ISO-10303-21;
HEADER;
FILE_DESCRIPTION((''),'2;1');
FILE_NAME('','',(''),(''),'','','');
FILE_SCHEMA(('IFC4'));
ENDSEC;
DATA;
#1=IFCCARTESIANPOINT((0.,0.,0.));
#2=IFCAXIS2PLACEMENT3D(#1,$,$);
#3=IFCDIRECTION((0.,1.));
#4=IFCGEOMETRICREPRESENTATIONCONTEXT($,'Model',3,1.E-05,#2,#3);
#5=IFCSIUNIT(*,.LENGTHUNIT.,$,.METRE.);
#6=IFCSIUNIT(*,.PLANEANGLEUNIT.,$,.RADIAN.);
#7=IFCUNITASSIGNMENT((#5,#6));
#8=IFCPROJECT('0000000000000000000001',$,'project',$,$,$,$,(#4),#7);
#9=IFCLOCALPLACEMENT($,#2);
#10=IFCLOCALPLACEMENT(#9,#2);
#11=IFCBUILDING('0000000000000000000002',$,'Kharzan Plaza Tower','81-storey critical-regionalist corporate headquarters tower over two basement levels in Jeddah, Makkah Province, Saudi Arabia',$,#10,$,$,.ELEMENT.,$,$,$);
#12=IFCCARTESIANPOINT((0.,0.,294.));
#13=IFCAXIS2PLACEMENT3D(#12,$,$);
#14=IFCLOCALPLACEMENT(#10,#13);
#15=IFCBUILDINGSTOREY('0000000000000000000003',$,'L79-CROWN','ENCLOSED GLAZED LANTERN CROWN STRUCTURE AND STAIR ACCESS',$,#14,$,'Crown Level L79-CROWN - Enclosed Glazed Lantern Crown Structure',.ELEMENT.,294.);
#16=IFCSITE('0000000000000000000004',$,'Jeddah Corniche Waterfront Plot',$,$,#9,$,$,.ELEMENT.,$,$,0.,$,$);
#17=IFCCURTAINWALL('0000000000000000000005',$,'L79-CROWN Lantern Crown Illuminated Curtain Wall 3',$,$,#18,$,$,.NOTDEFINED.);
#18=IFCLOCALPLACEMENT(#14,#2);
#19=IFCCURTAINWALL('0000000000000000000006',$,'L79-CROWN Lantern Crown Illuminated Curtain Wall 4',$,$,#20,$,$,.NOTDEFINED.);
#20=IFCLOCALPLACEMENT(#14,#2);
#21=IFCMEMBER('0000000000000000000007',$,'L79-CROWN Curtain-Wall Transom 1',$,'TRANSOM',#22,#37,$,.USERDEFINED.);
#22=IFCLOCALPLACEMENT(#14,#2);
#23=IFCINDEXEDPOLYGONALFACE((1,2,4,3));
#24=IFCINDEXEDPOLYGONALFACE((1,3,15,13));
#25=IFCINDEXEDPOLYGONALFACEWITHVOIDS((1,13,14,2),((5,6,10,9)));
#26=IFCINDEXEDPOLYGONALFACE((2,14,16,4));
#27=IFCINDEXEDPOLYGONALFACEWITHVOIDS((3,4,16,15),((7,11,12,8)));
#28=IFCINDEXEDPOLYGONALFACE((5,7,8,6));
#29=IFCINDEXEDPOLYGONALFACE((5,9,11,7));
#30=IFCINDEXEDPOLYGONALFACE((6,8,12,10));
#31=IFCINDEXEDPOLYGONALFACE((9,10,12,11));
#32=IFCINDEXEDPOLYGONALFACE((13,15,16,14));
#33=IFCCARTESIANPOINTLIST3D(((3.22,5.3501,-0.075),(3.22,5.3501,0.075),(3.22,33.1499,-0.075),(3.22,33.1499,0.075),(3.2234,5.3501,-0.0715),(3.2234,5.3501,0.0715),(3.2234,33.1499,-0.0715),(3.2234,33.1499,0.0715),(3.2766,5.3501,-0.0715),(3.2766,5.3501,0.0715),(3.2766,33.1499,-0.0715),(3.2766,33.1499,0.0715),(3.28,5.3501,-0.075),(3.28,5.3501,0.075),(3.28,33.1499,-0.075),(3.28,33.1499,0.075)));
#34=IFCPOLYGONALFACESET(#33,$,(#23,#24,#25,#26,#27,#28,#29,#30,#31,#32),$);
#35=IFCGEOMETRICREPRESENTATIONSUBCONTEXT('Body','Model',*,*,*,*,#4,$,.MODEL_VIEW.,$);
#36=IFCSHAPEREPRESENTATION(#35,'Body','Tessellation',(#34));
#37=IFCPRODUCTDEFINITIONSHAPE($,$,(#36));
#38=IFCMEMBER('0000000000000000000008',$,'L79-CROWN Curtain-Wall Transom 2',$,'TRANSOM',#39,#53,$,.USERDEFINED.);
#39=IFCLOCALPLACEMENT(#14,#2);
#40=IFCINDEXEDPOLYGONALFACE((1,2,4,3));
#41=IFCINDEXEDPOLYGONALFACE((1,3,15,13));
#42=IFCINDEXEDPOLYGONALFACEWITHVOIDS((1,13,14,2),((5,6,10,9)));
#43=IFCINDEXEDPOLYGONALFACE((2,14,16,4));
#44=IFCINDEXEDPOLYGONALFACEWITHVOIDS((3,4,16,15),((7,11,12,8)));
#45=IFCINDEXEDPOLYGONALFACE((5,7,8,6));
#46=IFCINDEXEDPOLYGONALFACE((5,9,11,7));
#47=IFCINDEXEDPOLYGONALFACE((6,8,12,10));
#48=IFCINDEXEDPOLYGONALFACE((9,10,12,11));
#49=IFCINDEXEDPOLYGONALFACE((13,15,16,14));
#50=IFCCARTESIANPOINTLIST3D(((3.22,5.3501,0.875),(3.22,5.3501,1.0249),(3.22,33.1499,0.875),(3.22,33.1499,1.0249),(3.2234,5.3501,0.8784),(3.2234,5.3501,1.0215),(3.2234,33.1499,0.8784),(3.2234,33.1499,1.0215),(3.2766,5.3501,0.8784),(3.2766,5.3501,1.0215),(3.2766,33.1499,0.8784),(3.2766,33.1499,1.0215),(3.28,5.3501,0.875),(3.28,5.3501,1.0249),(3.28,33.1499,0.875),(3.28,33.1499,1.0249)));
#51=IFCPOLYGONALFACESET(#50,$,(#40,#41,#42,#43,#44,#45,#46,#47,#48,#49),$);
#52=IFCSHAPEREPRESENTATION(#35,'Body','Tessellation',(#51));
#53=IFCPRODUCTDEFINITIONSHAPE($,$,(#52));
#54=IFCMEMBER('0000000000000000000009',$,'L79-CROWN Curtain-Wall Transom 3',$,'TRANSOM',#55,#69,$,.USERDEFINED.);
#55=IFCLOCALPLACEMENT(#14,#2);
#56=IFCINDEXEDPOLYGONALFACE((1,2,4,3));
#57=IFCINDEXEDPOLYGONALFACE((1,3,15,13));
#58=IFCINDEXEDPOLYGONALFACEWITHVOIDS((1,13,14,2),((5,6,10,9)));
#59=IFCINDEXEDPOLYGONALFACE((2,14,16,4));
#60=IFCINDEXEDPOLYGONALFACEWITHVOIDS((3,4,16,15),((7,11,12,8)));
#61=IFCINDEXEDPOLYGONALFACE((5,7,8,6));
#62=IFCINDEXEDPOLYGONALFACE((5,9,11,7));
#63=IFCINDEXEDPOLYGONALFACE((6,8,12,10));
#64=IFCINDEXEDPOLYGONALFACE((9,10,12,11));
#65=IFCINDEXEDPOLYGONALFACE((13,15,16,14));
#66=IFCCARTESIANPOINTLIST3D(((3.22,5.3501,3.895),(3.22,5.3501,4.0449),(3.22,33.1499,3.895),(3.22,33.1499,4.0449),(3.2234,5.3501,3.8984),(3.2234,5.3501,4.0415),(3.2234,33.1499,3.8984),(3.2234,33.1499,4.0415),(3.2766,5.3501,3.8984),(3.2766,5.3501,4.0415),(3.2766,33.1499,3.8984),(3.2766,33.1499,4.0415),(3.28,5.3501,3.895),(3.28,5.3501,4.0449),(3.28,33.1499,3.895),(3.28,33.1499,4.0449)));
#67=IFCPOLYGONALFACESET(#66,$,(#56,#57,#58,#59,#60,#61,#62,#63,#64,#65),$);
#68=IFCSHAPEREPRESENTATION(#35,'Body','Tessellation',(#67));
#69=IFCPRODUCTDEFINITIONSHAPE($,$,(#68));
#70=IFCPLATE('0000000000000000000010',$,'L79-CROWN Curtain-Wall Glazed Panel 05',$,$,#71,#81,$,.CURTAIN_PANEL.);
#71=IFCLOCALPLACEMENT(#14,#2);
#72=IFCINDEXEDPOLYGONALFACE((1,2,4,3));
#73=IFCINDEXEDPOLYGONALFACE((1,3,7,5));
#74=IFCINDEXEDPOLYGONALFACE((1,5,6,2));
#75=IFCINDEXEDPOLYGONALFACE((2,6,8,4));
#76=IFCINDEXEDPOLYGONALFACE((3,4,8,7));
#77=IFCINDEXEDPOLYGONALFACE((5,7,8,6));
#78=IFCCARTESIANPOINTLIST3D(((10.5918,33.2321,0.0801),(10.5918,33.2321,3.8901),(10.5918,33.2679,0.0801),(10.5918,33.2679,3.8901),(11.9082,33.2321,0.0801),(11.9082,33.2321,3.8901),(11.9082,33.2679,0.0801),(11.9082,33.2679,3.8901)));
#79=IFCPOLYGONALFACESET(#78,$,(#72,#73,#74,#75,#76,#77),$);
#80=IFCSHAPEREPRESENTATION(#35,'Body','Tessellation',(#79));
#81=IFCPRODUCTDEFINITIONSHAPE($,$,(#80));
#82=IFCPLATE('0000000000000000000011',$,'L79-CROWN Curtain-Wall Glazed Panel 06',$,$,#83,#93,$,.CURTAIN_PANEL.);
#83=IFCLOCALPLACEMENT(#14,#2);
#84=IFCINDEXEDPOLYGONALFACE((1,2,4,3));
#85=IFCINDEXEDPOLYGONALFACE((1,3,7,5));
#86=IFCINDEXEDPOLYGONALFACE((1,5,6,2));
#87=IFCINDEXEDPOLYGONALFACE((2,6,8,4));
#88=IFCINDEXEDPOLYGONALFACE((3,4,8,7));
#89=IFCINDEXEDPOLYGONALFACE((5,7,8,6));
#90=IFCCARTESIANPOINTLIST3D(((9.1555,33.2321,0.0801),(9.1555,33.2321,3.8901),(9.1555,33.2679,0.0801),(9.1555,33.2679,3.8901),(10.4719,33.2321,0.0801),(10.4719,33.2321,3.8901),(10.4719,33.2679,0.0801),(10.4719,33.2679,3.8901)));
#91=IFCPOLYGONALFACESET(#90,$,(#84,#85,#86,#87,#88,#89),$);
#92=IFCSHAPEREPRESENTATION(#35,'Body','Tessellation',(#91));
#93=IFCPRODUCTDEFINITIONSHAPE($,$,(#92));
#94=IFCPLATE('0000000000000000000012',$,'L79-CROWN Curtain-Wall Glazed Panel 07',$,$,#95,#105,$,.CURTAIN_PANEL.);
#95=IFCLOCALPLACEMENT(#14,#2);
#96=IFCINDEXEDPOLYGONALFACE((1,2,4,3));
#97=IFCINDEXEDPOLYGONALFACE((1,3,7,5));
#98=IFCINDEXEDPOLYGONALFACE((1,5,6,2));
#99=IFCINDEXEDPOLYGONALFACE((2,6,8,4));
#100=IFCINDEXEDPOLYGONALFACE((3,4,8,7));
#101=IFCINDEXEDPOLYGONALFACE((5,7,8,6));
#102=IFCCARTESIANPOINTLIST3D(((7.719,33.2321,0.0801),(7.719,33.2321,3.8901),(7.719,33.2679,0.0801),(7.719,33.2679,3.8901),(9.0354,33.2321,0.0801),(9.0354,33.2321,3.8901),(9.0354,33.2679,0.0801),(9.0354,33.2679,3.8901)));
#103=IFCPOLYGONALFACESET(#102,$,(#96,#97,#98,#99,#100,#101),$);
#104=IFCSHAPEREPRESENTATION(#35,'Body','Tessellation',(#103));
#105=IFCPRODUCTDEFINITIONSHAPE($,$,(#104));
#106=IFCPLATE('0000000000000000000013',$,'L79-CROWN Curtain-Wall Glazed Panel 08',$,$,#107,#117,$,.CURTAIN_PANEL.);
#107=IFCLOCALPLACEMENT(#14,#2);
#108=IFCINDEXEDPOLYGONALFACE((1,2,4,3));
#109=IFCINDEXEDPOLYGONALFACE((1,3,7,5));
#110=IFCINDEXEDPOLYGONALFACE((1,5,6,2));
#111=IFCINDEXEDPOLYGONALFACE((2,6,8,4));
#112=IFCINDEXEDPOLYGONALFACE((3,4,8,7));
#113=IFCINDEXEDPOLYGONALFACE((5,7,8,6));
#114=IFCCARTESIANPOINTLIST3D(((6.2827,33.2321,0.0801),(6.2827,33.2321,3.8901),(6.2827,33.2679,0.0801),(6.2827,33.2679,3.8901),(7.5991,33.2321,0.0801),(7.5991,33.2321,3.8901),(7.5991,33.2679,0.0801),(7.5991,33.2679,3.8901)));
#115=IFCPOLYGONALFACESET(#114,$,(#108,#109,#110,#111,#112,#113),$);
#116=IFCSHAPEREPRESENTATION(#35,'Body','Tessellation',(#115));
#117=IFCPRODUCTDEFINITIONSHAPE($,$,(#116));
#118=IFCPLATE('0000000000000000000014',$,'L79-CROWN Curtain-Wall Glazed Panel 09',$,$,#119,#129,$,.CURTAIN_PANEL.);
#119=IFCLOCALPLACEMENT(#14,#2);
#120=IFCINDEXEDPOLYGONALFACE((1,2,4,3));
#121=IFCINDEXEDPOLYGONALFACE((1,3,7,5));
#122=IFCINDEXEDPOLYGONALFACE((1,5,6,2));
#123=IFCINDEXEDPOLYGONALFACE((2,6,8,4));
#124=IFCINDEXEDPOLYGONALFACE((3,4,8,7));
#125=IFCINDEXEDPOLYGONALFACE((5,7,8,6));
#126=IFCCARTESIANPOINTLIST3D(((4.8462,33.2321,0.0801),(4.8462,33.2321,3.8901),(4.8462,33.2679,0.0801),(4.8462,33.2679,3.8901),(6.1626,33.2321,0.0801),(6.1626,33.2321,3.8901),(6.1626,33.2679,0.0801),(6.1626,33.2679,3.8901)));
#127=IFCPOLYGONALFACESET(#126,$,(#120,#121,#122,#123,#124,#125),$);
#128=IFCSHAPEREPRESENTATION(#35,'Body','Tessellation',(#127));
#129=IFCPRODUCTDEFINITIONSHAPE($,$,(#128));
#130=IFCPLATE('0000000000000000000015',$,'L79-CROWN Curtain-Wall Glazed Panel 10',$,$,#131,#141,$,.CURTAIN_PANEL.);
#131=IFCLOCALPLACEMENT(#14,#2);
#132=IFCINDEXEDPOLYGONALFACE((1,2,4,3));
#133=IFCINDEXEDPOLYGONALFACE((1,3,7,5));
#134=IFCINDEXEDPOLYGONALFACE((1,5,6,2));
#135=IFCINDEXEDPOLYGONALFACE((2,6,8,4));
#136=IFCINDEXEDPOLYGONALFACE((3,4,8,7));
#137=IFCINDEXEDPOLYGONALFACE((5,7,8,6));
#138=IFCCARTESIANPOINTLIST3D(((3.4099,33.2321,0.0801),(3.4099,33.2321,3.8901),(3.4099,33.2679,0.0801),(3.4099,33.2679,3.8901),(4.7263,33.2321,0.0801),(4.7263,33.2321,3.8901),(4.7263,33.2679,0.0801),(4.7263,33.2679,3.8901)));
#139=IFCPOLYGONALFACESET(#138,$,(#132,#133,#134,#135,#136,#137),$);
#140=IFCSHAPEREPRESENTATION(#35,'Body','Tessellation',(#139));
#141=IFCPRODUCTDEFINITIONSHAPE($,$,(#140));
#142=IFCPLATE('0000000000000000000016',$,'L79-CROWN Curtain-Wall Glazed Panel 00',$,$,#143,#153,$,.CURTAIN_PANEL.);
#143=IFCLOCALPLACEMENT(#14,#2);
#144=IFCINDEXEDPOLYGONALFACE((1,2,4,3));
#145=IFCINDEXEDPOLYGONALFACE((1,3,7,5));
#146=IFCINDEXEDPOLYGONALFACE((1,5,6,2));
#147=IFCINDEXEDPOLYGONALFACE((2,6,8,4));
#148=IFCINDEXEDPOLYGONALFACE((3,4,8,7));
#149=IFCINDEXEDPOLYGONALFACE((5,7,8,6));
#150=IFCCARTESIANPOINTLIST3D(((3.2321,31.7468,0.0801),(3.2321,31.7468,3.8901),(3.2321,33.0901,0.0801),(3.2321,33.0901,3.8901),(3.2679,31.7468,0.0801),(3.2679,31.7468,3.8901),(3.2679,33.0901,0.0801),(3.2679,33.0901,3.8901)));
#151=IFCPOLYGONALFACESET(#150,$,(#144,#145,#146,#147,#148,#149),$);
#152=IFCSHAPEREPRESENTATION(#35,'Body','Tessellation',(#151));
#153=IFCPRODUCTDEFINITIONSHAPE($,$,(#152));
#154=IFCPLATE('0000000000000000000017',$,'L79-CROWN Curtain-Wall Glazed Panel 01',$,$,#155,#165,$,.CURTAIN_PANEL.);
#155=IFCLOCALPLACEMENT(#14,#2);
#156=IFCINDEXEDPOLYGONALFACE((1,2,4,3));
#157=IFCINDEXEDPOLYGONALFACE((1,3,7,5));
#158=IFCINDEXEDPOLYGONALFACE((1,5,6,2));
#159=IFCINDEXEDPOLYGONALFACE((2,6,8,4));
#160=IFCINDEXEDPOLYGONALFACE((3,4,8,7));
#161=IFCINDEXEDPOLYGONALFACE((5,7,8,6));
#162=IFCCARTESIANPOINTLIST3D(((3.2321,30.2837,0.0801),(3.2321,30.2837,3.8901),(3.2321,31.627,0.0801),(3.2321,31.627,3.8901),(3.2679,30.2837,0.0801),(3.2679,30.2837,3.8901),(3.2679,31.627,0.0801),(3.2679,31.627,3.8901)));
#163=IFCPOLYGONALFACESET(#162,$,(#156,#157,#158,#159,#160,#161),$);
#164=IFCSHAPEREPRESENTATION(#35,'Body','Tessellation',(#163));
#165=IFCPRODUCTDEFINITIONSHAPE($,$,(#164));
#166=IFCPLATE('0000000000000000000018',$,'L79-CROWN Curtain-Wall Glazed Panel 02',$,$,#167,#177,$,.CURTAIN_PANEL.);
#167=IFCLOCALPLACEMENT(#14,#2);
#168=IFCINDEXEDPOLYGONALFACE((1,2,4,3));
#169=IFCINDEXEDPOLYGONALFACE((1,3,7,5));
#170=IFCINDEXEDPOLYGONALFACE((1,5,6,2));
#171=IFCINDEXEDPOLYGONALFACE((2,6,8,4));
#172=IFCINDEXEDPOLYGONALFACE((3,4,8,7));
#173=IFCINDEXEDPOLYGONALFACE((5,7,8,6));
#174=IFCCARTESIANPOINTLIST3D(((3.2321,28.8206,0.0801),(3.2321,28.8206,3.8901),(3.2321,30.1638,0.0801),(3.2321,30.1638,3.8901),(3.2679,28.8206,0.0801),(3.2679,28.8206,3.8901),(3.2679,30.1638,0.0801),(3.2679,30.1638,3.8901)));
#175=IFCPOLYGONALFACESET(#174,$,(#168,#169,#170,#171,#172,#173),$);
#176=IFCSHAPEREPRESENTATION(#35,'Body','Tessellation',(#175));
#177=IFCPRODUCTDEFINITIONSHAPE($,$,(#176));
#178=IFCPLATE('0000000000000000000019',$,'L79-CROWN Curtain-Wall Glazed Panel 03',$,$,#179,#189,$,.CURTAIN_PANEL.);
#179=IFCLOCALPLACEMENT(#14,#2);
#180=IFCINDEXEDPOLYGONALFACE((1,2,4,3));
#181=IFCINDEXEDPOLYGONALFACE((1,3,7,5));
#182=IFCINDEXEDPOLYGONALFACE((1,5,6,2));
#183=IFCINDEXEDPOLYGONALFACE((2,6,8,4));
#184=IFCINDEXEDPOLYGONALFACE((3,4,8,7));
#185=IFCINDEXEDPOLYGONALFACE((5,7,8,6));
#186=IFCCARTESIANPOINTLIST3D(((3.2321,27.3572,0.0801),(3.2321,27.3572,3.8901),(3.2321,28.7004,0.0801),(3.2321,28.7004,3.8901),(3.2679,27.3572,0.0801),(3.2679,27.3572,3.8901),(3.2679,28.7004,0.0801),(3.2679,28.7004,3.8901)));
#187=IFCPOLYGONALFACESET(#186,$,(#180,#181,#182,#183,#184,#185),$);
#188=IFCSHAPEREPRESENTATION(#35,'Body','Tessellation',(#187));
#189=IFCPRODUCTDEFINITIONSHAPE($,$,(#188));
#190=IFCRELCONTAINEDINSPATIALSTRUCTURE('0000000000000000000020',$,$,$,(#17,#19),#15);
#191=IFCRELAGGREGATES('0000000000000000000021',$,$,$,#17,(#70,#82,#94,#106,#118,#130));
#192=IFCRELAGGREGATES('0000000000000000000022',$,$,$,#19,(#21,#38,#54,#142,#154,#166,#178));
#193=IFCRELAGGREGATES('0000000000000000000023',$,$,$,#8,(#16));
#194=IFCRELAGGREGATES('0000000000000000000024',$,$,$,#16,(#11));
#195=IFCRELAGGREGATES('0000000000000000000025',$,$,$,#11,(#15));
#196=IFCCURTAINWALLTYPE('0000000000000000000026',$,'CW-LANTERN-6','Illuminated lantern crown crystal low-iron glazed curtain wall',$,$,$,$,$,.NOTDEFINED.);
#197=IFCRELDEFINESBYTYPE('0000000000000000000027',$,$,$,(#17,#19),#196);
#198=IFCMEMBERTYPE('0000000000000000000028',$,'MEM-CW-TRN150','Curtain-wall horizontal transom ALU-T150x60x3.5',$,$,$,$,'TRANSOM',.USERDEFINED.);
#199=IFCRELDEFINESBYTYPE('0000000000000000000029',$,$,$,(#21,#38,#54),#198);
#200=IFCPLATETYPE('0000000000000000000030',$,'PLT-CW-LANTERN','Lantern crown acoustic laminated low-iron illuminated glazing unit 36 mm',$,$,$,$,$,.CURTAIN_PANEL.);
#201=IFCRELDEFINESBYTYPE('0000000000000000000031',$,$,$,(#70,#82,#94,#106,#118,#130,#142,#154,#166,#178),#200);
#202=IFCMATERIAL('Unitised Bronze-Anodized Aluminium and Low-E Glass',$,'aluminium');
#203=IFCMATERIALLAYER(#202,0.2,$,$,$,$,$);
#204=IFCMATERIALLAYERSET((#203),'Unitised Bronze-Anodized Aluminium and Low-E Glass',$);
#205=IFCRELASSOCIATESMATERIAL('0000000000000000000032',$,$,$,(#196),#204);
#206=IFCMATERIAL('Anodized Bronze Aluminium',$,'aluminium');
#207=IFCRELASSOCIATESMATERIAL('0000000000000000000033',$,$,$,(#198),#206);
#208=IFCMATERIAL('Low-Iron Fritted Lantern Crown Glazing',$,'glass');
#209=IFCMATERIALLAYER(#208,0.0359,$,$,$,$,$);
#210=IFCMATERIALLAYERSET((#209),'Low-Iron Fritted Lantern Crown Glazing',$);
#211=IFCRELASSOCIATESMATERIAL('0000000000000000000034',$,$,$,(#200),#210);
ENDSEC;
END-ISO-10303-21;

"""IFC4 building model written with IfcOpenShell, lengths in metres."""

from ifc_helpers import new_model, si_unit, direction, frame, origin, origin_2d, place, context, subcontext, project, spatial, rectangle, hollow_rectangle, extrude, source, transform, mapped, material, layer, layer_set, material_profile, profile_set, type_object, element, aggregate, save


model = new_model("IFC4")

# Units and contexts
model_context = context("Model", 3, precision=1e-05, world=origin(), true_north=direction((0.0, 1.0)))
body_context = subcontext(model_context, "Body", "Model", "MODEL_VIEW")
ifc_project = project(units=[si_unit("LENGTHUNIT", "METRE"), si_unit("PLANEANGLEUNIT", "RADIAN")], contexts=[model_context])

# Site, building, storey
site_placement = place(None, origin())
site = spatial("IfcSite", under=ifc_project, at=site_placement, Name="Jeddah Corniche Waterfront Plot", CompositionType="ELEMENT", RefElevation=0.0)
building_placement = place(site_placement, origin())
building = spatial("IfcBuilding", under=site, at=building_placement, Name="Kharzan Plaza Tower", Description="81-storey critical-regionalist corporate headquarters tower over two basement levels in Jeddah, Makkah Province, Saudi Arabia", CompositionType="ELEMENT")
storey_placement = place(building_placement, frame((0.0, 0.0, 294.0)))
storey = spatial("IfcBuildingStorey", under=building, at=storey_placement, Name="L79-CROWN", Description="ENCLOSED GLAZED LANTERN CROWN STRUCTURE AND STAIR ACCESS", LongName="Crown Level L79-CROWN - Enclosed Glazed Lantern Crown Structure", CompositionType="ELEMENT", Elevation=294.0)

# Curtain walls, members
ifc_material_1 = material(Name="Unitised Bronze-Anodized Aluminium and Low-E Glass", Category="aluminium")
ifc_layer_1 = layer(ifc_material_1, 0.2)
ifc_layer_set_1 = layer_set([ifc_layer_1], Name="Unitised Bronze-Anodized Aluminium and Low-E Glass")
curtain_wall_type = type_object("IfcCurtainWallType", Name="CW-LANTERN-6", Description="Illuminated lantern crown crystal low-iron glazed curtain wall", PredefinedType="NOTDEFINED", material=ifc_layer_set_1)
curtain_wall_1_placement = place(storey_placement, origin())
curtain_wall_1 = element("IfcCurtainWall", 1, at=curtain_wall_1_placement, inside=storey, type_object=curtain_wall_type, Name="L79-CROWN Lantern Crown Illuminated Curtain Wall 3", PredefinedType="NOTDEFINED")
ifc_material_2 = material(Name="Anodized Bronze Aluminium", Category="aluminium")
curtain_wall_2_placement = place(storey_placement, origin())
curtain_wall_2 = element("IfcCurtainWall", 2, at=curtain_wall_2_placement, inside=storey, type_object=curtain_wall_type, Name="L79-CROWN Lantern Crown Illuminated Curtain Wall 4", PredefinedType="NOTDEFINED")
ifc_material_profile_1 = material_profile(ifc_material_2, hollow_rectangle(XDim=0.0601, YDim=0.1499, WallThickness=0.0034, at=origin_2d()), Name="ALU-T150x60x3.5")
ifc_profile_set_1 = profile_set([ifc_material_profile_1], Name="Anodized Bronze Aluminium")
member_type_1 = type_object("IfcMemberType", Name="MEM-CW-TRN150", Description="Curtain-wall horizontal transom ALU-T150x60x3.5", ElementType="TRANSOM", PredefinedType="USERDEFINED", material=ifc_profile_set_1)
shared_shape_1 = source(origin(), body_context, "Body", "SweptSolid", [
    extrude(hollow_rectangle(XDim=0.0601, YDim=0.1499, WallThickness=0.0034, at=origin_2d()), origin(), (0.0, 0.0, 1.0), 27.7998),
])
member_1_placement = place(storey_placement, frame((3.25, 33.1499, 0.0), z_axis=(0.0, -1.0, 0.0), x_axis=(1.0, 0.0, 0.0)))
member_1 = element("IfcMember", 3, at=member_1_placement, type_object=member_type_1, Name="L79-CROWN Curtain-Wall Transom 1", ObjectType="TRANSOM", PredefinedType="USERDEFINED", context=body_context, shape_type="MappedRepresentation", body=[
    mapped(shared_shape_1, transform((0.0, 0.0, 0.0), x_axis=(1.0, 0.0, 0.0), y_axis=(0.0, 1.0, 0.0), z_axis=(0.0, 0.0, 1.0))),
])
member_2_placement = place(storey_placement, frame((3.25, 33.1499, 0.95), z_axis=(0.0, -1.0, 0.0), x_axis=(1.0, 0.0, 0.0)))
member_2 = element("IfcMember", 4, at=member_2_placement, type_object=member_type_1, Name="L79-CROWN Curtain-Wall Transom 2", ObjectType="TRANSOM", PredefinedType="USERDEFINED", context=body_context, shape_type="MappedRepresentation", body=[
    mapped(shared_shape_1, transform((0.0, 0.0, 0.0), x_axis=(1.0, 0.0, 0.0), y_axis=(0.0, 1.0, 0.0), z_axis=(0.0, 0.0, 1.0))),
])
member_3_placement = place(storey_placement, frame((3.25, 33.1499, 3.97), z_axis=(0.0, -1.0, 0.0), x_axis=(1.0, 0.0, 0.0)))
member_3 = element("IfcMember", 5, at=member_3_placement, type_object=member_type_1, Name="L79-CROWN Curtain-Wall Transom 3", ObjectType="TRANSOM", PredefinedType="USERDEFINED", context=body_context, shape_type="MappedRepresentation", body=[
    mapped(shared_shape_1, transform((0.0, 0.0, 0.0), x_axis=(1.0, 0.0, 0.0), y_axis=(0.0, 1.0, 0.0), z_axis=(0.0, 0.0, 1.0))),
])

# Plates
ifc_material_3 = material(Name="Low-Iron Fritted Lantern Crown Glazing", Category="glass")
ifc_layer_2 = layer(ifc_material_3, 0.0359)
ifc_layer_set_2 = layer_set([ifc_layer_2], Name="Low-Iron Fritted Lantern Crown Glazing")
plate_type = type_object("IfcPlateType", Name="PLT-CW-LANTERN", Description="Lantern crown acoustic laminated low-iron illuminated glazing unit 36 mm", PredefinedType="CURTAIN_PANEL", material=ifc_layer_set_2)
shared_shape_2 = source(origin(), body_context, "Body", "SweptSolid", [
    extrude(rectangle(XDim=1.3164, YDim=0.0359, at=origin_2d()), origin(), (0.0, 0.0, 1.0), 3.8101),
])
plate_1_placement = place(storey_placement, frame((11.25, 33.25, 0.0801), z_axis=(0.0, 0.0, 1.0), x_axis=(-1.0, 0.0, 0.0)))
plate_1 = element("IfcPlate", 6, at=plate_1_placement, type_object=plate_type, Name="L79-CROWN Curtain-Wall Glazed Panel 05", PredefinedType="CURTAIN_PANEL", context=body_context, shape_type="MappedRepresentation", body=[
    mapped(shared_shape_2, transform((0.0, 0.0, 0.0), x_axis=(1.0, 0.0, 0.0), y_axis=(0.0, 1.0, 0.0), z_axis=(0.0, 0.0, 1.0))),
])
plate_2_placement = place(storey_placement, frame((9.8137, 33.25, 0.0801), z_axis=(0.0, 0.0, 1.0), x_axis=(-1.0, 0.0, 0.0)))
plate_2 = element("IfcPlate", 7, at=plate_2_placement, type_object=plate_type, Name="L79-CROWN Curtain-Wall Glazed Panel 06", PredefinedType="CURTAIN_PANEL", context=body_context, shape_type="MappedRepresentation", body=[
    mapped(shared_shape_2, transform((0.0, 0.0, 0.0), x_axis=(1.0, 0.0, 0.0), y_axis=(0.0, 1.0, 0.0), z_axis=(0.0, 0.0, 1.0))),
])
plate_3_placement = place(storey_placement, frame((8.3772, 33.25, 0.0801), z_axis=(0.0, 0.0, 1.0), x_axis=(-1.0, 0.0, 0.0)))
plate_3 = element("IfcPlate", 8, at=plate_3_placement, type_object=plate_type, Name="L79-CROWN Curtain-Wall Glazed Panel 07", PredefinedType="CURTAIN_PANEL", context=body_context, shape_type="MappedRepresentation", body=[
    mapped(shared_shape_2, transform((0.0, 0.0, 0.0), x_axis=(1.0, 0.0, 0.0), y_axis=(0.0, 1.0, 0.0), z_axis=(0.0, 0.0, 1.0))),
])
plate_4_placement = place(storey_placement, frame((6.9409, 33.25, 0.0801), z_axis=(0.0, 0.0, 1.0), x_axis=(-1.0, 0.0, 0.0)))
plate_4 = element("IfcPlate", 9, at=plate_4_placement, type_object=plate_type, Name="L79-CROWN Curtain-Wall Glazed Panel 08", PredefinedType="CURTAIN_PANEL", context=body_context, shape_type="MappedRepresentation", body=[
    mapped(shared_shape_2, transform((0.0, 0.0, 0.0), x_axis=(1.0, 0.0, 0.0), y_axis=(0.0, 1.0, 0.0), z_axis=(0.0, 0.0, 1.0))),
])
plate_5_placement = place(storey_placement, frame((5.5044, 33.25, 0.0801), z_axis=(0.0, 0.0, 1.0), x_axis=(-1.0, 0.0, 0.0)))
plate_5 = element("IfcPlate", 10, at=plate_5_placement, type_object=plate_type, Name="L79-CROWN Curtain-Wall Glazed Panel 09", PredefinedType="CURTAIN_PANEL", context=body_context, shape_type="MappedRepresentation", body=[
    mapped(shared_shape_2, transform((0.0, 0.0, 0.0), x_axis=(1.0, 0.0, 0.0), y_axis=(0.0, 1.0, 0.0), z_axis=(0.0, 0.0, 1.0))),
])
plate_6_placement = place(storey_placement, frame((4.0681, 33.25, 0.0801), z_axis=(0.0, 0.0, 1.0), x_axis=(-1.0, 0.0, 0.0)))
plate_6 = element("IfcPlate", 11, at=plate_6_placement, type_object=plate_type, Name="L79-CROWN Curtain-Wall Glazed Panel 10", PredefinedType="CURTAIN_PANEL", context=body_context, shape_type="MappedRepresentation", body=[
    mapped(shared_shape_2, transform((0.0, 0.0, 0.0), x_axis=(1.0, 0.0, 0.0), y_axis=(0.0, 1.0, 0.0), z_axis=(0.0, 0.0, 1.0))),
])
aggregate(curtain_wall_1, [plate_1, plate_2, plate_3, plate_4, plate_5, plate_6])
shared_shape_3 = source(origin(), body_context, "Body", "SweptSolid", [
    extrude(rectangle(XDim=1.3433, YDim=0.0359, at=origin_2d()), origin(), (0.0, 0.0, 1.0), 3.8101),
])
plate_7_placement = place(storey_placement, frame((3.25, 32.4185, 0.0801), z_axis=(0.0, 0.0, 1.0), x_axis=(0.0, -1.0, 0.0)))
plate_7 = element("IfcPlate", 12, at=plate_7_placement, type_object=plate_type, Name="L79-CROWN Curtain-Wall Glazed Panel 00", PredefinedType="CURTAIN_PANEL", context=body_context, shape_type="MappedRepresentation", body=[
    mapped(shared_shape_3, transform((0.0, 0.0, 0.0), x_axis=(1.0, 0.0, 0.0), y_axis=(0.0, 1.0, 0.0), z_axis=(0.0, 0.0, 1.0))),
])
plate_8_placement = place(storey_placement, frame((3.25, 30.9553, 0.0801), z_axis=(0.0, 0.0, 1.0), x_axis=(0.0, -1.0, 0.0)))
plate_8 = element("IfcPlate", 13, at=plate_8_placement, type_object=plate_type, Name="L79-CROWN Curtain-Wall Glazed Panel 01", PredefinedType="CURTAIN_PANEL", context=body_context, shape_type="MappedRepresentation", body=[
    mapped(shared_shape_3, transform((0.0, 0.0, 0.0), x_axis=(1.0, 0.0, 0.0), y_axis=(0.0, 1.0, 0.0), z_axis=(0.0, 0.0, 1.0))),
])
plate_9_placement = place(storey_placement, frame((3.25, 29.4922, 0.0801), z_axis=(0.0, 0.0, 1.0), x_axis=(0.0, -1.0, 0.0)))
plate_9 = element("IfcPlate", 14, at=plate_9_placement, type_object=plate_type, Name="L79-CROWN Curtain-Wall Glazed Panel 02", PredefinedType="CURTAIN_PANEL", context=body_context, shape_type="MappedRepresentation", body=[
    mapped(shared_shape_3, transform((0.0, 0.0, 0.0), x_axis=(1.0, 0.0, 0.0), y_axis=(0.0, 1.0, 0.0), z_axis=(0.0, 0.0, 1.0))),
])
plate_10_placement = place(storey_placement, frame((3.25, 28.0288, 0.0801), z_axis=(0.0, 0.0, 1.0), x_axis=(0.0, -1.0, 0.0)))
plate_10 = element("IfcPlate", 15, at=plate_10_placement, type_object=plate_type, Name="L79-CROWN Curtain-Wall Glazed Panel 03", PredefinedType="CURTAIN_PANEL", context=body_context, shape_type="MappedRepresentation", body=[
    mapped(shared_shape_3, transform((0.0, 0.0, 0.0), x_axis=(1.0, 0.0, 0.0), y_axis=(0.0, 1.0, 0.0), z_axis=(0.0, 0.0, 1.0))),
])
aggregate(curtain_wall_2, [member_1, member_2, member_3, plate_7, plate_8, plate_9, plate_10])

save(model, "model.ifc")
